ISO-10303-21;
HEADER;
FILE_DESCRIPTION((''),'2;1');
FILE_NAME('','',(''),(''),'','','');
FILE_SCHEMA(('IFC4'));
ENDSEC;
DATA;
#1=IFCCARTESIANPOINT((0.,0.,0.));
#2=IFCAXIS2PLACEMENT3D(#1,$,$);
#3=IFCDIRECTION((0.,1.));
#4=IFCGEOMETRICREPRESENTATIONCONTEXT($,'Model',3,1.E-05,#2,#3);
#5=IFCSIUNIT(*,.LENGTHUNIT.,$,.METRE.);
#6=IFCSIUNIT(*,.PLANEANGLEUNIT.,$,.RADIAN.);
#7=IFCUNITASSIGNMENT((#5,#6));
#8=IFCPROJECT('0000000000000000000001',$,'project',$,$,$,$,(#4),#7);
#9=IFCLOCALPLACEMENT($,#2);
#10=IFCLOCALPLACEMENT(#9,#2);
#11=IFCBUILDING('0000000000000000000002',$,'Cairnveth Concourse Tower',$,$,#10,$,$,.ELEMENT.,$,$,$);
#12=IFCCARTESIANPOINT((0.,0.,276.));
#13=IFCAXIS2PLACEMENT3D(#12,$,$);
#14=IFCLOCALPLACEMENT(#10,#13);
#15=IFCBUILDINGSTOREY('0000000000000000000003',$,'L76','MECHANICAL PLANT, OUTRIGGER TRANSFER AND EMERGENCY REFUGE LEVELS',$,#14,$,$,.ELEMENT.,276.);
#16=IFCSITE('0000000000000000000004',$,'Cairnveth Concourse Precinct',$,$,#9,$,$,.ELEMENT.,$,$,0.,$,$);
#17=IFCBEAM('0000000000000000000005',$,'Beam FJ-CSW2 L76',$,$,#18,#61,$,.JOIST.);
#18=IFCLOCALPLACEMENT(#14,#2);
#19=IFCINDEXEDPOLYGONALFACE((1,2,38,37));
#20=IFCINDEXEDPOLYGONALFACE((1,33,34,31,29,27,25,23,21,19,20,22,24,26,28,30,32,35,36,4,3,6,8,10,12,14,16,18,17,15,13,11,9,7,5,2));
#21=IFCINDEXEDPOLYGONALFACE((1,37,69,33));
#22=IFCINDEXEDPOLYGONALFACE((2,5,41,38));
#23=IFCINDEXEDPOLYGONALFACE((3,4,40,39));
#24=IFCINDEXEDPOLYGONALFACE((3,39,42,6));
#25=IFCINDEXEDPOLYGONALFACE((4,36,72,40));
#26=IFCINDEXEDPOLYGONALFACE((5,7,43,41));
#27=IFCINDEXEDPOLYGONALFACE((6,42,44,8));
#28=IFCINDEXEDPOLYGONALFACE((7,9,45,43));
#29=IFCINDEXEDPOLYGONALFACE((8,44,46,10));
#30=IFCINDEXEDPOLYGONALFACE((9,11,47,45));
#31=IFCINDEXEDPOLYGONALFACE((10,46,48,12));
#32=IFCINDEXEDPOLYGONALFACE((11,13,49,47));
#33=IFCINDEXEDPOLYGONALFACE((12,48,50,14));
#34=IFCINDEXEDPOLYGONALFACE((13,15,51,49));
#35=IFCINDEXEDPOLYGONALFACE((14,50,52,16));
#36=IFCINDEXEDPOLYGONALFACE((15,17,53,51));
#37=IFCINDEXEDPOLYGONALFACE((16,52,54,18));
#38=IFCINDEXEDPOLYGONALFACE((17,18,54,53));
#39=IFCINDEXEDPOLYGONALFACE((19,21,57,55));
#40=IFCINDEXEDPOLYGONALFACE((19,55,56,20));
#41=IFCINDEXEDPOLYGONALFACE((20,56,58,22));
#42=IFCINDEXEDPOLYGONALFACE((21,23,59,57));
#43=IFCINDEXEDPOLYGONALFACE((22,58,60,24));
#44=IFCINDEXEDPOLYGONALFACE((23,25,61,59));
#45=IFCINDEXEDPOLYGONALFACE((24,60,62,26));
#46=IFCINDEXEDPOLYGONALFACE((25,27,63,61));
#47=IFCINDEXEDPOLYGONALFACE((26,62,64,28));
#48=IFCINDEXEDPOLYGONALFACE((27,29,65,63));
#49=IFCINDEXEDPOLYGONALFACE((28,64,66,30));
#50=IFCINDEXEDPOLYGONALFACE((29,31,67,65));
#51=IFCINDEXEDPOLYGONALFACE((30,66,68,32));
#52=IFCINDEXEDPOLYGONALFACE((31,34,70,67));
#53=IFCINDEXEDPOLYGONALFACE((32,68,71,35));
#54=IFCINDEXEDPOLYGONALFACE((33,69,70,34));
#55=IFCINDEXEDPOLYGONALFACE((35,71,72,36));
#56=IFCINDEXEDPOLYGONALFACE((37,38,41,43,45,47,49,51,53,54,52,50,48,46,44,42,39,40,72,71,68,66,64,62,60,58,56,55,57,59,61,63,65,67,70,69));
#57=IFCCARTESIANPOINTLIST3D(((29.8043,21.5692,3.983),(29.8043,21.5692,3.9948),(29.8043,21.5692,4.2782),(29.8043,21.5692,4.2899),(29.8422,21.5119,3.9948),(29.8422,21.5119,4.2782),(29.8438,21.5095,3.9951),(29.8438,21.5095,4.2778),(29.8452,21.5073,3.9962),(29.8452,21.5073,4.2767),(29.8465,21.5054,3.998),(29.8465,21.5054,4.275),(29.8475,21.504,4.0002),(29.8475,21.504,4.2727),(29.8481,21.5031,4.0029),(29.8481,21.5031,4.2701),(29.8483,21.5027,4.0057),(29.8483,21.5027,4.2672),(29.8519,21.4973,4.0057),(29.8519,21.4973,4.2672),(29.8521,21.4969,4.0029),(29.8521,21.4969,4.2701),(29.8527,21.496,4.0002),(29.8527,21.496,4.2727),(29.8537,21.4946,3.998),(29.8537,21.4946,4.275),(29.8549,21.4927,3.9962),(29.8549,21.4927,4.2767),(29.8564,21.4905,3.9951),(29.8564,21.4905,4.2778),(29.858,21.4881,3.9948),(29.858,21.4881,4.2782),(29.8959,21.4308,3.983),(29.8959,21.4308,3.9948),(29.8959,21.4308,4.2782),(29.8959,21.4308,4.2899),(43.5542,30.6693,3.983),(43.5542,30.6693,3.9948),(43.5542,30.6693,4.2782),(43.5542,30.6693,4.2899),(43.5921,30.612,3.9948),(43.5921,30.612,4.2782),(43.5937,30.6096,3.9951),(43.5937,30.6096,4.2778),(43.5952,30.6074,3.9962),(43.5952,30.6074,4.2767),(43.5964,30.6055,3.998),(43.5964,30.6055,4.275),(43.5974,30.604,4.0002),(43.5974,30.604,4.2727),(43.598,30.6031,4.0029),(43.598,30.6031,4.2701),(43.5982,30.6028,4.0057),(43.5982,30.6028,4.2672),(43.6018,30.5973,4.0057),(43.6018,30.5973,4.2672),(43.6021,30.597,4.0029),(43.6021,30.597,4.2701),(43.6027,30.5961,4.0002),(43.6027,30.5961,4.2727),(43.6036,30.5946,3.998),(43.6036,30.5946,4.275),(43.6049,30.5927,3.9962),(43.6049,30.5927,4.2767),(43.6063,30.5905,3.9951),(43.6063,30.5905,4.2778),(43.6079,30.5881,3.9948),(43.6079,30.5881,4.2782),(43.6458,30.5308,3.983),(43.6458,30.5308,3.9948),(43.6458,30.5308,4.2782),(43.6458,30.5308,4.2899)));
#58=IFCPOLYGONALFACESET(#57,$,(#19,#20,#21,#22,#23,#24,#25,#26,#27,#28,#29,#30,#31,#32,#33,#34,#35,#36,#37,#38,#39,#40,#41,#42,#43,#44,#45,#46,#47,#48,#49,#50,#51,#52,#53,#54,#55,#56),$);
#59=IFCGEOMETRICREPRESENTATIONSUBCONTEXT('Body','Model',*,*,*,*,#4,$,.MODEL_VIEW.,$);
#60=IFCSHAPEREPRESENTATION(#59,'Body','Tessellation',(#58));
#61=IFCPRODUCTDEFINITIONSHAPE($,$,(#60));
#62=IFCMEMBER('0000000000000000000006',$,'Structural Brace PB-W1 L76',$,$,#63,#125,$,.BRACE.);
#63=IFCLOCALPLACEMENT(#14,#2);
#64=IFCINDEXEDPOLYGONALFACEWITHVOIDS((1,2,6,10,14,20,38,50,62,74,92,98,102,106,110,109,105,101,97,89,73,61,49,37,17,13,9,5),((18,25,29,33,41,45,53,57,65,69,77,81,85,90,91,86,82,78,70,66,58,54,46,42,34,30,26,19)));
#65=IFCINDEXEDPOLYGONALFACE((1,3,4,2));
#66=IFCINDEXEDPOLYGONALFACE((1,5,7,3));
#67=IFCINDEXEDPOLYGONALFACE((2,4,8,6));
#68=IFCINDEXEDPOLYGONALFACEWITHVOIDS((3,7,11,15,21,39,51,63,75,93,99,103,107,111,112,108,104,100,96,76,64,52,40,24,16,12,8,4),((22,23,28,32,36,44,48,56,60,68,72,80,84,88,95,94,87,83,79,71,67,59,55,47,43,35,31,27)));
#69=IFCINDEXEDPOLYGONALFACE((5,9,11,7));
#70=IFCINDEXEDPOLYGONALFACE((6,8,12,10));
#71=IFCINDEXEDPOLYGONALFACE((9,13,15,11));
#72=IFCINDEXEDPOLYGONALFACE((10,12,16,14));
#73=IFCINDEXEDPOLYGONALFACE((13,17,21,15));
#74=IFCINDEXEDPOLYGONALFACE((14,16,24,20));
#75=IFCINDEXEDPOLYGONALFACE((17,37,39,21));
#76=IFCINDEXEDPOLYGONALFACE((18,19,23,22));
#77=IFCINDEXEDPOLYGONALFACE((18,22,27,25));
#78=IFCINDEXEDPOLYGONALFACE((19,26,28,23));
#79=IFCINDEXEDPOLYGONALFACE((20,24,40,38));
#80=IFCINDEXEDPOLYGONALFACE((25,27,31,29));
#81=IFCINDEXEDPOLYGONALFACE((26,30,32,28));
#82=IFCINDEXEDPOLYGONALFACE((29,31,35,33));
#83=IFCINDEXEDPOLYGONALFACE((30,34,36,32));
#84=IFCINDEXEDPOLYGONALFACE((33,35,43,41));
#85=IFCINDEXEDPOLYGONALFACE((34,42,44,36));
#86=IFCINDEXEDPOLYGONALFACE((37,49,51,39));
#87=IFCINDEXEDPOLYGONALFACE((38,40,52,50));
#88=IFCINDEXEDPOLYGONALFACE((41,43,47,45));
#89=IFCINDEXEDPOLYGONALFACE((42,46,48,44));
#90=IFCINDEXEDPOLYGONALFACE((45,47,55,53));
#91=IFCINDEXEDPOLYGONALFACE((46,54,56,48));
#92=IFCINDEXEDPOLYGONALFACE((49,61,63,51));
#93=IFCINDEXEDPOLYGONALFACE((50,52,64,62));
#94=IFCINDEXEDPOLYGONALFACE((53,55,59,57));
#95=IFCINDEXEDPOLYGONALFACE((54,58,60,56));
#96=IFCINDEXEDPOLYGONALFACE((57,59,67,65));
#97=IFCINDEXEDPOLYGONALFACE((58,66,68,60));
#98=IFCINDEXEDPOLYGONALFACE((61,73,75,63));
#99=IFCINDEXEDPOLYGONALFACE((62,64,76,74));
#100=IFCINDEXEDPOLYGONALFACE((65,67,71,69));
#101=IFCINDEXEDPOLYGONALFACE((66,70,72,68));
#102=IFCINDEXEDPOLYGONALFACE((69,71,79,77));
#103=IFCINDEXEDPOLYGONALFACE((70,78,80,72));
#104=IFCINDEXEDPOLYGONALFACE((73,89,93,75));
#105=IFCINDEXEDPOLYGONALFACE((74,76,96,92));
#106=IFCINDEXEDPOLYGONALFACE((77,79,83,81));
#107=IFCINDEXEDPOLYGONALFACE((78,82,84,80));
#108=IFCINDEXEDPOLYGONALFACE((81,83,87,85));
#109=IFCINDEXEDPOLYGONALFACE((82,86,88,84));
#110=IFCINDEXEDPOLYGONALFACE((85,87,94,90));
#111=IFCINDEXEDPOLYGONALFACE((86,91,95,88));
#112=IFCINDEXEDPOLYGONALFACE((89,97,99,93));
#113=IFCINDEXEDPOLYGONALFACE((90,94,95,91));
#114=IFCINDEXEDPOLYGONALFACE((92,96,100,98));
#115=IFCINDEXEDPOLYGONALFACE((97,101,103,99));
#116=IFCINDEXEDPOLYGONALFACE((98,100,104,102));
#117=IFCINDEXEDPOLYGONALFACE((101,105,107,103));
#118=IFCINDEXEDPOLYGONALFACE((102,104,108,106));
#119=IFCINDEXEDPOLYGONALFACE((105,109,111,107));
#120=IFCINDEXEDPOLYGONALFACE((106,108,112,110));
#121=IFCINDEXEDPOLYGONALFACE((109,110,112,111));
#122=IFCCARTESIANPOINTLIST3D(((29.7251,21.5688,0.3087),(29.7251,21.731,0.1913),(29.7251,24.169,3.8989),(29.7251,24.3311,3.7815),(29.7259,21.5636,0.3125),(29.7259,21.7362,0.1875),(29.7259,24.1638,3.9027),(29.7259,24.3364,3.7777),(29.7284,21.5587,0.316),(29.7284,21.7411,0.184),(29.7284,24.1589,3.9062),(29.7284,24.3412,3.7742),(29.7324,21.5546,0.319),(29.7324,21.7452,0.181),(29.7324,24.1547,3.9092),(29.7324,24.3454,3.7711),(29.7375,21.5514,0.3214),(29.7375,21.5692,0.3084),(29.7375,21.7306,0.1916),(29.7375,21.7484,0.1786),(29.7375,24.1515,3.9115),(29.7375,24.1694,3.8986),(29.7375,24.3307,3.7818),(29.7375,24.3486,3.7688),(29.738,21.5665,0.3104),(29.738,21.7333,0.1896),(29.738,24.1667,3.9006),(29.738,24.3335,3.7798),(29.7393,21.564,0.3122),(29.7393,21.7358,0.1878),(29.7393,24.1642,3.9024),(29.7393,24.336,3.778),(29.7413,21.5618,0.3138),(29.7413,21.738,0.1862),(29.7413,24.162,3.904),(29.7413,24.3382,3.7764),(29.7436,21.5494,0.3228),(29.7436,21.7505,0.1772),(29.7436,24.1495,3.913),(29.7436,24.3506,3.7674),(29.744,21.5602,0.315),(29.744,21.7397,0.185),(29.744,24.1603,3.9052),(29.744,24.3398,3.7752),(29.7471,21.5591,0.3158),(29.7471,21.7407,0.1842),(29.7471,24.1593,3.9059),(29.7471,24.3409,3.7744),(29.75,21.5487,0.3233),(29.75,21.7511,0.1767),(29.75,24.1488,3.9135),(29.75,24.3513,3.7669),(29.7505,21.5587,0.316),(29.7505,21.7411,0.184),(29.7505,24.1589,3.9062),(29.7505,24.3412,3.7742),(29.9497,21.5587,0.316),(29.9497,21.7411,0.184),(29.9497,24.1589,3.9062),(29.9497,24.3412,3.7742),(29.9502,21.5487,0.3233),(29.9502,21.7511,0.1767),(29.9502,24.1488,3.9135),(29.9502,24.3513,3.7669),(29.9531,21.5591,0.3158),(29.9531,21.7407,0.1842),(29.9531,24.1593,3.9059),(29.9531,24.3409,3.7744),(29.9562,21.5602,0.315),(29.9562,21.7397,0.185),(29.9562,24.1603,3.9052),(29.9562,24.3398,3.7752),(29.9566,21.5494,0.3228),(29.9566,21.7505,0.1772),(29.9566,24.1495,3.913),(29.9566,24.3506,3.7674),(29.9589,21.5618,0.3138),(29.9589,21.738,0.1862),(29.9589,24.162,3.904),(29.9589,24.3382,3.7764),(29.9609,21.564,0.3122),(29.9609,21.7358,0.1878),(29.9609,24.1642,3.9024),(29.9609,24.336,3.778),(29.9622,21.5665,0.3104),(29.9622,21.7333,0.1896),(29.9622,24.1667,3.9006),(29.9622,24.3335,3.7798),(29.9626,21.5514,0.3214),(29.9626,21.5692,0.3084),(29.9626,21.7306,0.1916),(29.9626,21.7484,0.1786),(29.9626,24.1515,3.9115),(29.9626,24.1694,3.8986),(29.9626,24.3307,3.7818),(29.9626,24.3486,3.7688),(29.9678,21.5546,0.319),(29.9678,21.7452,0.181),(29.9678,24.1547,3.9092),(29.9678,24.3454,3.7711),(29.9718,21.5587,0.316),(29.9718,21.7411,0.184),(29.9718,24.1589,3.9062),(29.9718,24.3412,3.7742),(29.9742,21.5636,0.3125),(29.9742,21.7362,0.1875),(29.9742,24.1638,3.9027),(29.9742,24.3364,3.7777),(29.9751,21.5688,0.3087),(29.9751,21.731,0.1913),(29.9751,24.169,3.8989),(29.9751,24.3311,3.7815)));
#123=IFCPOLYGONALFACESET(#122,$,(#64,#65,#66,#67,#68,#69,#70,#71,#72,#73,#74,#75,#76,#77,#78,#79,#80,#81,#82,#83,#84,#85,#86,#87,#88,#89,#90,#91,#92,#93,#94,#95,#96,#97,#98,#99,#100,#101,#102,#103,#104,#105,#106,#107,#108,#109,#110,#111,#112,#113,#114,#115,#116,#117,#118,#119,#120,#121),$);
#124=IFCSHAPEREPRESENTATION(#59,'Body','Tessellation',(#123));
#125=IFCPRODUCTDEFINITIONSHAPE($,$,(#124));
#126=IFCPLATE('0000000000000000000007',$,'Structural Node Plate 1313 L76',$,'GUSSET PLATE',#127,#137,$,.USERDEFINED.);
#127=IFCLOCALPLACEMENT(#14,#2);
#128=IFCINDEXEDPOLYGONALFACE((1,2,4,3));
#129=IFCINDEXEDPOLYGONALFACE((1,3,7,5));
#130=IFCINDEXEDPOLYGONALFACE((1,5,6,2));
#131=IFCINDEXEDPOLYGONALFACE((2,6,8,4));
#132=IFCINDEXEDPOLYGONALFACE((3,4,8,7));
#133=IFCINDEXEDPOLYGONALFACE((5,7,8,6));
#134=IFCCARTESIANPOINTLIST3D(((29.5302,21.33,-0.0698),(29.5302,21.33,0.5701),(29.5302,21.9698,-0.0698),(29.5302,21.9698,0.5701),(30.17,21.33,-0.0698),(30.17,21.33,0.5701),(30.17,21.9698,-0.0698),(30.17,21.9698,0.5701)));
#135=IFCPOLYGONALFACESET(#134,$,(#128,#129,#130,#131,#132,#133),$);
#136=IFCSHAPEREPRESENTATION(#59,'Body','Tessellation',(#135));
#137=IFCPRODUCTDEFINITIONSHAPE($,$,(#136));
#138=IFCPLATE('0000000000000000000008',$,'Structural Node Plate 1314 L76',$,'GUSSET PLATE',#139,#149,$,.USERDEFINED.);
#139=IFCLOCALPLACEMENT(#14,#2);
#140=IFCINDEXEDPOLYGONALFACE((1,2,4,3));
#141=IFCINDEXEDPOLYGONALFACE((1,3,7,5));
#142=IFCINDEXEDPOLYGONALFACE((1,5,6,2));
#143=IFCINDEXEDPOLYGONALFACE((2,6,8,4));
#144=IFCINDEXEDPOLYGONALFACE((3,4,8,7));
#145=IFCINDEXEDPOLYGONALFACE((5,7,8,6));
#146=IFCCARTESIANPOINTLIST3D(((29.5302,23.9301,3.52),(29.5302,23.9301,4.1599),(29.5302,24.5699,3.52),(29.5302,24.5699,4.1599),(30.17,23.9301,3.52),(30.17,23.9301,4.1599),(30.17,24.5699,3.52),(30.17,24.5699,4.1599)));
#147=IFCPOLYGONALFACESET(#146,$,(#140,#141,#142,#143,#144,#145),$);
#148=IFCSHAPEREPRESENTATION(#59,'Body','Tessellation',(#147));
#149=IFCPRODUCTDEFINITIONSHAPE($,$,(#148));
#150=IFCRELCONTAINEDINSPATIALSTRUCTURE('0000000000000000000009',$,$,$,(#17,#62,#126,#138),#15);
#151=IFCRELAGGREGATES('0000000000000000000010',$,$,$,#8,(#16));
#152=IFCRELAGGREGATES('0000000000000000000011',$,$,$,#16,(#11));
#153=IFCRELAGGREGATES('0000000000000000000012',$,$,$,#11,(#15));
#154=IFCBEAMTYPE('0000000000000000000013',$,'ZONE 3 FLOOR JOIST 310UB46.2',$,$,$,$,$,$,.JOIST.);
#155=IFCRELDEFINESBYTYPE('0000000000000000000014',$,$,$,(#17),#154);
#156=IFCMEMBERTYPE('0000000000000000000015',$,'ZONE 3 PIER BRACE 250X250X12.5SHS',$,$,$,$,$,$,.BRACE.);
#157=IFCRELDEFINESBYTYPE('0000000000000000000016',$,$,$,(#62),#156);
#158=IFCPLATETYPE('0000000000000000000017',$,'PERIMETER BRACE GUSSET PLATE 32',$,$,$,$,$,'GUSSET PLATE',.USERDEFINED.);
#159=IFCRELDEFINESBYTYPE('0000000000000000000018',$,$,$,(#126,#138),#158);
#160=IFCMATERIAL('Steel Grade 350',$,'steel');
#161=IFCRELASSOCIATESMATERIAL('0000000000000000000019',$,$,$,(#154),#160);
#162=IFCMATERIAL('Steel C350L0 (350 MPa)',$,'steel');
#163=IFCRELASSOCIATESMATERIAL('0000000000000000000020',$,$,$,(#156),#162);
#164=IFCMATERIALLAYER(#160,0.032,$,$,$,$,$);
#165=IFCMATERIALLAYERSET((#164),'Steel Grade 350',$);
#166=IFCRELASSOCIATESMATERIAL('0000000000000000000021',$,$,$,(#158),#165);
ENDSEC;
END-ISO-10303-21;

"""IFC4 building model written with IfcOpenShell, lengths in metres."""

from ifc_helpers import new_model, si_unit, direction, frame, origin, origin_2d, place, context, subcontext, project, spatial, rectangle, hollow_rectangle, i_section, extrude, material, layer, layer_set, material_profile, profile_set, type_object, element, save


model = new_model("IFC4")

# Units and contexts
model_context = context("Model", 3, precision=1e-05, world=origin(), true_north=direction((0.0, 1.0)))
body_context = subcontext(model_context, "Body", "Model", "MODEL_VIEW")
ifc_project = project(units=[si_unit("LENGTHUNIT", "METRE"), si_unit("PLANEANGLEUNIT", "RADIAN")], contexts=[model_context])

# Site, building, storey
site_placement = place(None, origin())
site = spatial("IfcSite", under=ifc_project, at=site_placement, Name="Cairnveth Concourse Precinct", CompositionType="ELEMENT", RefElevation=0.0)
building_placement = place(site_placement, origin())
building = spatial("IfcBuilding", under=site, at=building_placement, Name="Cairnveth Concourse Tower", CompositionType="ELEMENT")
storey_placement = place(building_placement, frame((0.0, 0.0, 276.0)))
storey = spatial("IfcBuildingStorey", under=building, at=storey_placement, Name="L76", Description="MECHANICAL PLANT, OUTRIGGER TRANSFER AND EMERGENCY REFUGE LEVELS", CompositionType="ELEMENT", Elevation=276.0)

# Shared definitions
ifc_material_1 = material(Name="Steel Grade 350", Category="steel")

# Shared definitions
ifc_material_2 = material(Name="Steel C350L0 (350 MPa)", Category="steel")

# Beam
ifc_material_profile_1 = material_profile(ifc_material_1, i_section(OverallWidth=0.166, OverallDepth=0.3069, WebThickness=0.0066, FlangeThickness=0.0117, FilletRadius=0.011, at=origin_2d()), Name="310UB46.2")
ifc_profile_set_1 = profile_set([ifc_material_profile_1], Name="Steel Grade 350")
beam_type_1 = type_object("IfcBeamType", Name="ZONE 3 FLOOR JOIST 310UB46.2", PredefinedType="JOIST", material=ifc_profile_set_1)
beam_1_placement = place(storey_placement, frame((29.8501, 21.5, 4.1365), z_axis=(0.833909, 0.551902, 0.0), x_axis=(-0.551902, 0.833909, 0.0)))
element("IfcBeam", 1, at=beam_1_placement, inside=storey, type_object=beam_type_1, Name="Beam FJ-CSW2 L76", PredefinedType="JOIST", context=body_context, shape_type="SweptSolid", body=[
    extrude(i_section(OverallWidth=0.166, OverallDepth=0.3069, WebThickness=0.0066, FlangeThickness=0.0117, FilletRadius=0.011, at=origin_2d()), origin(), (0.0, 0.0, 1.0), 16.4885),
])

# Member
ifc_material_profile_2 = material_profile(ifc_material_2, hollow_rectangle(XDim=0.25, YDim=0.25, WallThickness=0.0125, InnerFilletRadius=0.0129, OuterFilletRadius=0.0249, at=origin_2d()), Name="250x250x12.5SHS")
ifc_profile_set_2 = profile_set([ifc_material_profile_2], Name="Steel C350L0 (350 MPa)")
member_type_1 = type_object("IfcMemberType", Name="ZONE 3 PIER BRACE 250X250X12.5SHS", PredefinedType="BRACE", material=ifc_profile_set_2)
member_1_placement = place(storey_placement, frame((29.8501, 21.6499, 0.25), z_axis=(0.0, 0.586566, 0.809902), x_axis=(-1.0, 0.0, 0.0)))
element("IfcMember", 2, at=member_1_placement, inside=storey, type_object=member_type_1, Name="Structural Brace PB-W1 L76", PredefinedType="BRACE", context=body_context, shape_type="SweptSolid", body=[
    extrude(hollow_rectangle(XDim=0.25, YDim=0.25, WallThickness=0.0125, InnerFilletRadius=0.0129, OuterFilletRadius=0.0249, at=origin_2d()), origin(), (0.0, 0.0, 1.0), 4.4329),
])

# Plates
ifc_layer_1 = layer(ifc_material_1, 0.032)
ifc_layer_set_1 = layer_set([ifc_layer_1], Name="Steel Grade 350")
plate_type = type_object("IfcPlateType", Name="PERIMETER BRACE GUSSET PLATE 32", ElementType="GUSSET PLATE", PredefinedType="USERDEFINED", material=ifc_layer_set_1)
for number, where, z_axis, x_axis, name in (
    (3, (29.8501, 21.6499, -0.0698), (0.0, 0.0, 1.0), (1.0, 0.0, 0.0), "Structural Node Plate 1313 L76"),
    (4, (29.8501, 24.25, 3.52), (0.0, 0.0, 1.0), (1.0, 0.0, 0.0), "Structural Node Plate 1314 L76"),
):
    element("IfcPlate", number, at=place(storey_placement, frame(where, z_axis=z_axis, x_axis=x_axis)), inside=storey, type_object=plate_type, Name=name, ObjectType="GUSSET PLATE", PredefinedType="USERDEFINED", context=body_context, shape_type="SweptSolid", body=[
        extrude(rectangle(XDim=0.6399, YDim=0.6399, at=origin_2d()), origin(), (0.0, 0.0, 1.0), 0.6399),
    ])

save(model, "model.ifc")
